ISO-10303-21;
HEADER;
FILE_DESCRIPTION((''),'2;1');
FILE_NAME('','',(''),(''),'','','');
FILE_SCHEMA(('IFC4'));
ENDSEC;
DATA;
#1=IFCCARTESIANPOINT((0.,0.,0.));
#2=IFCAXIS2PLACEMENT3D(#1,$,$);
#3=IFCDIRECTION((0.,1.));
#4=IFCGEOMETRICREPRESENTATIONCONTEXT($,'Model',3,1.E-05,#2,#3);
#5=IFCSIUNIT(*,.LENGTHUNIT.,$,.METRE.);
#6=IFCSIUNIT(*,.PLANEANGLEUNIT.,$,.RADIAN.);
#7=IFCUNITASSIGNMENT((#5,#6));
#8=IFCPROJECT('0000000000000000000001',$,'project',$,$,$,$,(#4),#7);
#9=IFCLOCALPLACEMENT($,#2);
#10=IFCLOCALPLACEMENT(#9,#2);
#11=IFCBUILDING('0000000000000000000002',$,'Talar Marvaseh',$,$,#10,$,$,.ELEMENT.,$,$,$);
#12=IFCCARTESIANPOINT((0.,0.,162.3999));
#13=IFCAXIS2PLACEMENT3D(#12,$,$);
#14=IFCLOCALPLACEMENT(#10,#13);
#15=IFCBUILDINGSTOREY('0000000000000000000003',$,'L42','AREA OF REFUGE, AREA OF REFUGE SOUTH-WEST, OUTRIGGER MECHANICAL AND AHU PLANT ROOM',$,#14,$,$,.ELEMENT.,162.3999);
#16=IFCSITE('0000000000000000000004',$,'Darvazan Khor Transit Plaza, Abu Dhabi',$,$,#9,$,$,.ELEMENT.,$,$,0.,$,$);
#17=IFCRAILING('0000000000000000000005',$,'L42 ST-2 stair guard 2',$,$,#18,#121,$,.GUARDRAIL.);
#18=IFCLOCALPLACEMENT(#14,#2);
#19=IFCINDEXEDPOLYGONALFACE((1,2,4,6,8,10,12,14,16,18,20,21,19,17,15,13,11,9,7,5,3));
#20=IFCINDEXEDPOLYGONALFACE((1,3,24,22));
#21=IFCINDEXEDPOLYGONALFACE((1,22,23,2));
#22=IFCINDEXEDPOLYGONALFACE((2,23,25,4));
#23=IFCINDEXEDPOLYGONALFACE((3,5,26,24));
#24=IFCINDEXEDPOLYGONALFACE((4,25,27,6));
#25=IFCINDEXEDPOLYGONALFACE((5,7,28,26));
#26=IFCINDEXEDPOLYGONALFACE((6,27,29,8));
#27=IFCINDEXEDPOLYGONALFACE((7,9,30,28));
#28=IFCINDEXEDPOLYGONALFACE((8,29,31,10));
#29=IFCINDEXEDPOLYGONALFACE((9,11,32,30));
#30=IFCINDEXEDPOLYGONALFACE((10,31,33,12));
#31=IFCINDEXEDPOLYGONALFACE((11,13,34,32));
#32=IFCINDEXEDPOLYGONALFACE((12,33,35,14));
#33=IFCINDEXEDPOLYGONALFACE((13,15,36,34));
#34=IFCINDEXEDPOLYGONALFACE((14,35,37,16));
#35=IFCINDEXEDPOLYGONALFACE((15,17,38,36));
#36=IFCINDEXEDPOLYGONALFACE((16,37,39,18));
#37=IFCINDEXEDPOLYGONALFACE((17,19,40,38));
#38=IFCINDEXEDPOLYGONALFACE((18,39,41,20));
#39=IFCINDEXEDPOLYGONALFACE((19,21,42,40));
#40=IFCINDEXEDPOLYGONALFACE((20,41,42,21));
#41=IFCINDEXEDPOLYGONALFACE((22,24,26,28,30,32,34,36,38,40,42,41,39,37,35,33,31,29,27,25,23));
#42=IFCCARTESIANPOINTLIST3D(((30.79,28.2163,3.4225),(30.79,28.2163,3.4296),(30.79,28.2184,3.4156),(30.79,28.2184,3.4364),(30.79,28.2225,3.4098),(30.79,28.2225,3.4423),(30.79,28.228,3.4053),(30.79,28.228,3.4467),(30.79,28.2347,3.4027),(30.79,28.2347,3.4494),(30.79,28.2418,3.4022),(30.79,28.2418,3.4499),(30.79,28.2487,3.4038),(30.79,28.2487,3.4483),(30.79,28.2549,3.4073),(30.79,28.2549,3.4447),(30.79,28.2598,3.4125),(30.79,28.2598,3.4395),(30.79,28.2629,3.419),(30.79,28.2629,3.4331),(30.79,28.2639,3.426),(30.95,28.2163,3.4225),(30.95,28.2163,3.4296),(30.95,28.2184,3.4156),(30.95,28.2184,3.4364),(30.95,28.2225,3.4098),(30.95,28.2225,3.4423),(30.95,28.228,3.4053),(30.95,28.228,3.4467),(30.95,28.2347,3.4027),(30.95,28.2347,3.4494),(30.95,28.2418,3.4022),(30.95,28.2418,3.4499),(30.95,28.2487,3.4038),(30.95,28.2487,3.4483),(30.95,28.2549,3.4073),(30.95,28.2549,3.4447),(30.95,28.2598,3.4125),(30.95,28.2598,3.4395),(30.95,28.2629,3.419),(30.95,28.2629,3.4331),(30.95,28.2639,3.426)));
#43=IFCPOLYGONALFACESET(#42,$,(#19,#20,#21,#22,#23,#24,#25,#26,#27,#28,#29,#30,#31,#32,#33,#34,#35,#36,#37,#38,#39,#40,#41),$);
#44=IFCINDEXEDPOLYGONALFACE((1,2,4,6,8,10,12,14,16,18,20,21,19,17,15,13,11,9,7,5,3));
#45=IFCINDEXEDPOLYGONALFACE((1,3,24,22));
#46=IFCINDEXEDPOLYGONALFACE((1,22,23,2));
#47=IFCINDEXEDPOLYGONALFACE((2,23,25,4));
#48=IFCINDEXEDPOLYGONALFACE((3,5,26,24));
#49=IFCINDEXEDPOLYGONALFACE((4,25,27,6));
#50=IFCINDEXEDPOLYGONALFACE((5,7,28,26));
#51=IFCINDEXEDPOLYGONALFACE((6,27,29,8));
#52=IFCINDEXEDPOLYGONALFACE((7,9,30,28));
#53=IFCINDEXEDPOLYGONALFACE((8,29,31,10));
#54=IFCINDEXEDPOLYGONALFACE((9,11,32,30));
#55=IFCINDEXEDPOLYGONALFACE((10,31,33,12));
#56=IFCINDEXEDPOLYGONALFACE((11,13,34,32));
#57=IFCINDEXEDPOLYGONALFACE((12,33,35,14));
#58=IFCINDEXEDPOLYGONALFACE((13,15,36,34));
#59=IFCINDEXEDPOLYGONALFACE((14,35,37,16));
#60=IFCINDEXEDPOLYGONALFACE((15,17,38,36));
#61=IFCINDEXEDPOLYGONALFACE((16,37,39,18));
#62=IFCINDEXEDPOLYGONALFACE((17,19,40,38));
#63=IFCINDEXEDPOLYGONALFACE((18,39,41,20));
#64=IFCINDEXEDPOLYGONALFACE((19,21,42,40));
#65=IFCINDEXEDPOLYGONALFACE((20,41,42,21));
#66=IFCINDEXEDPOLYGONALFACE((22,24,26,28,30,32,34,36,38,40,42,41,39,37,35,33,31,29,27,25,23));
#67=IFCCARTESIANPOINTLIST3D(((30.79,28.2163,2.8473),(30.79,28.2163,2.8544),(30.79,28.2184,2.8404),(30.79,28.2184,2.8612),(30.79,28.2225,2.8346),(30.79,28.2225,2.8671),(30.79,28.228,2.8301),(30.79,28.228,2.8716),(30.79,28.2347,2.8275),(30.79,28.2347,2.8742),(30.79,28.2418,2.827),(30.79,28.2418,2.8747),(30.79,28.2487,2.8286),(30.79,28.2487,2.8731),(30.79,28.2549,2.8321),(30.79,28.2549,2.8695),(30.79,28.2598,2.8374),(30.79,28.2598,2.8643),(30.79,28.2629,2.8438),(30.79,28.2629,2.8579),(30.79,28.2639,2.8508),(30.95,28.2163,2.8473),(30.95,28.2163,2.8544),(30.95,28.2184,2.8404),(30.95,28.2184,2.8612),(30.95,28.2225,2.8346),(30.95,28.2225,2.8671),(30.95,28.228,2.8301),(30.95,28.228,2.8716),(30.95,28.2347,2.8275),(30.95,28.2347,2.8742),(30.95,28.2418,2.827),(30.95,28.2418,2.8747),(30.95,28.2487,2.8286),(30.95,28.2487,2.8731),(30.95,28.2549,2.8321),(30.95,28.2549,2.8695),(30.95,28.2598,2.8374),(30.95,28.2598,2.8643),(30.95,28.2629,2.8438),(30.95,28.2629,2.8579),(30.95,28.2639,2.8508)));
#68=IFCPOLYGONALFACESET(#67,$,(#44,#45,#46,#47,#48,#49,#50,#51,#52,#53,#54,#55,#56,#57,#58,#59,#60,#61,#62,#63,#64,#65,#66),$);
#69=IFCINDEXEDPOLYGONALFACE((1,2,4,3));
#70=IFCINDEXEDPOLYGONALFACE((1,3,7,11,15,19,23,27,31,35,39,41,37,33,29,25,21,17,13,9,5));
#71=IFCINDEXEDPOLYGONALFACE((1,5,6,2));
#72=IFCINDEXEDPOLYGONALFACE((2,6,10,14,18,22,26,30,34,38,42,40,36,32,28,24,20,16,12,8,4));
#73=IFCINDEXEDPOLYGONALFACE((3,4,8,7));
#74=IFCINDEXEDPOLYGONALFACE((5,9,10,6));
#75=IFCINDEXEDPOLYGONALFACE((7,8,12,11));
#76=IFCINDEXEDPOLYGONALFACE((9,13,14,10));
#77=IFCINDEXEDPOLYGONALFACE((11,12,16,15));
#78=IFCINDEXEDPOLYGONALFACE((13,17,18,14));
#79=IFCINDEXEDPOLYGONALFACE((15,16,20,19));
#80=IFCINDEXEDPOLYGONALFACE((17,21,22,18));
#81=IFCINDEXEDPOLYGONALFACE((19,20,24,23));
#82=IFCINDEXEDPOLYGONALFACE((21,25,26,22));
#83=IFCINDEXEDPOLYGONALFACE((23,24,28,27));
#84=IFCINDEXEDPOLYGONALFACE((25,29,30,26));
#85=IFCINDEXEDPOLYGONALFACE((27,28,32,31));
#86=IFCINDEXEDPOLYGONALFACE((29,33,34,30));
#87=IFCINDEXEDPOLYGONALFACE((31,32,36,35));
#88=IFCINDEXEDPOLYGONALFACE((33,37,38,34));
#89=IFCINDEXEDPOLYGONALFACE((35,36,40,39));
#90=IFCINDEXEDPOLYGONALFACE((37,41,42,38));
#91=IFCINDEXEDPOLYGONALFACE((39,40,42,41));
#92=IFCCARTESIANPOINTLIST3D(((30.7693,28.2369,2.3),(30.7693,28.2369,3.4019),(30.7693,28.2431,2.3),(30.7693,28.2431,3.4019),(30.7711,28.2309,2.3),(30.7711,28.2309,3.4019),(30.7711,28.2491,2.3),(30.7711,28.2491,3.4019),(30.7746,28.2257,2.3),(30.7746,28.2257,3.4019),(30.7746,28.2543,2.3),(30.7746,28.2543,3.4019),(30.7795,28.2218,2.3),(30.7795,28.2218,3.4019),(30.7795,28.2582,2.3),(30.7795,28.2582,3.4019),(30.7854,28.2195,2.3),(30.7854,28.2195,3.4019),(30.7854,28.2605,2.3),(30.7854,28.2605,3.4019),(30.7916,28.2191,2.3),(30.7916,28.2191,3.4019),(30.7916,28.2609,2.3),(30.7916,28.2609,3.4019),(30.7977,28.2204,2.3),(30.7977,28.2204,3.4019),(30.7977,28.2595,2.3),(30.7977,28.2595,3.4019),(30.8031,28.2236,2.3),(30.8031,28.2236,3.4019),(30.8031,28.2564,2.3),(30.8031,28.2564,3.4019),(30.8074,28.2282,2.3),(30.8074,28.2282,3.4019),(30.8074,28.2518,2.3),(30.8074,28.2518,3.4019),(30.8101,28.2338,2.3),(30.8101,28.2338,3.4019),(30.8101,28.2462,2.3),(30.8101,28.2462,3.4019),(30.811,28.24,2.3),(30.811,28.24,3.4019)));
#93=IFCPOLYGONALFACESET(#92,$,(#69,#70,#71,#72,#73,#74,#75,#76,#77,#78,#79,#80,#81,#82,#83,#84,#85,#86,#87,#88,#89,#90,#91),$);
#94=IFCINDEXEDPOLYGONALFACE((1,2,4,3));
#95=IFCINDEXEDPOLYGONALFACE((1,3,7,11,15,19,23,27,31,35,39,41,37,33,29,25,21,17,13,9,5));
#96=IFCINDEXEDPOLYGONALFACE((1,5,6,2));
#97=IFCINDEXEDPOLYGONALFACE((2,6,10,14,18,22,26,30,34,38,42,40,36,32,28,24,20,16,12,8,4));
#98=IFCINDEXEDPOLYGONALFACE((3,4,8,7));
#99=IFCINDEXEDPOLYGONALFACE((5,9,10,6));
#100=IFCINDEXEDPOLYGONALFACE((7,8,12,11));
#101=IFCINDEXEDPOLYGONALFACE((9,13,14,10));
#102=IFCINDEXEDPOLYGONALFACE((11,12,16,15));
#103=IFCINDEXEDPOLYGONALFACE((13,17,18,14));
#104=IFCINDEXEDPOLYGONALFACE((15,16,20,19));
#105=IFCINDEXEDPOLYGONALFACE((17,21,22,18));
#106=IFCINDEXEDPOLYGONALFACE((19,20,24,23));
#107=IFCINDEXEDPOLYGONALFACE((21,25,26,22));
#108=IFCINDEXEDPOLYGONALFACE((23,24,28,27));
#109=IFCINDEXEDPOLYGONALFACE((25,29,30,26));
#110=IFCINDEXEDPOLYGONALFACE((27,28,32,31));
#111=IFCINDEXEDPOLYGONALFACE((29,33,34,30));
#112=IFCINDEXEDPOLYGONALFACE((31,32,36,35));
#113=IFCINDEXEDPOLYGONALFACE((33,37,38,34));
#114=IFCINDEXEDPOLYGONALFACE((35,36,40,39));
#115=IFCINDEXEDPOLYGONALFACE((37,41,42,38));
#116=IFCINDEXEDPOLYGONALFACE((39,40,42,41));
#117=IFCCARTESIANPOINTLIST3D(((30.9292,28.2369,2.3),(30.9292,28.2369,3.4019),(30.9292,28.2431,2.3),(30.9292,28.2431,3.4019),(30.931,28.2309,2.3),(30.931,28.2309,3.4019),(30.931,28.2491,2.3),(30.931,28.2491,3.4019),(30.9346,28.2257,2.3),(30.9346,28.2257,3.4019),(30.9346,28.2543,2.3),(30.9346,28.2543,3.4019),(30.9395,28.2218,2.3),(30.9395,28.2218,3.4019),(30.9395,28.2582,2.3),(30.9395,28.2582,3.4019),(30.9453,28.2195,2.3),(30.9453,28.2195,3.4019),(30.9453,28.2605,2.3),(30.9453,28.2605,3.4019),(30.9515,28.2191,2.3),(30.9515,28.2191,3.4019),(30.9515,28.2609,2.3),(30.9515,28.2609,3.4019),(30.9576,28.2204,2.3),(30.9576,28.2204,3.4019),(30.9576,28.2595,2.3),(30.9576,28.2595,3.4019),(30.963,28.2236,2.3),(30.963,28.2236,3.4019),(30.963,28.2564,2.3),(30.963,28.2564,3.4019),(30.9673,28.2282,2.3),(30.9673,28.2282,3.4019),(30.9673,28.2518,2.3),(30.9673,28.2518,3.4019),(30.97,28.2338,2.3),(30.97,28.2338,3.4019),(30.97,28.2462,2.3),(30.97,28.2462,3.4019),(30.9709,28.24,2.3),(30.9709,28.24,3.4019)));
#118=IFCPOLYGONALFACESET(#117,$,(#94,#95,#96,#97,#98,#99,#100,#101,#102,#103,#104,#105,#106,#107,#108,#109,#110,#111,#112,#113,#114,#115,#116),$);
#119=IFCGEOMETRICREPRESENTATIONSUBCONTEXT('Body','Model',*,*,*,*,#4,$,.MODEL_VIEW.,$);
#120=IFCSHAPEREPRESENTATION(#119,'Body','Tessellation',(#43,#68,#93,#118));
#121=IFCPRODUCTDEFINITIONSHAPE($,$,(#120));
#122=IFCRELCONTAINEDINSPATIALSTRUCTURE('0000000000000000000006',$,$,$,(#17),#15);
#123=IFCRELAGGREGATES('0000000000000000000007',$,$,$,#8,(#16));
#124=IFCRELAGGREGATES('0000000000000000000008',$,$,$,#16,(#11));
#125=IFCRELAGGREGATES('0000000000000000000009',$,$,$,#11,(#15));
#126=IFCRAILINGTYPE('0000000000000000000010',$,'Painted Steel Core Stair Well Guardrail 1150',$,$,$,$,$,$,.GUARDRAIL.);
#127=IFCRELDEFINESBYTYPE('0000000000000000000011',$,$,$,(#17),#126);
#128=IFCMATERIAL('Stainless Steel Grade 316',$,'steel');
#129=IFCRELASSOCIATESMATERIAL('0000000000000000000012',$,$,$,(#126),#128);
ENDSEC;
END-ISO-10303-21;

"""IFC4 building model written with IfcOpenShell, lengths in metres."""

from ifc_helpers import new_model, si_unit, direction, frame, origin, origin_2d, place, context, subcontext, project, spatial, circle, extrude, material, type_object, element, save


model = new_model("IFC4")

# Units and contexts
model_context = context("Model", 3, precision=1e-05, world=origin(), true_north=direction((0.0, 1.0)))
body_context = subcontext(model_context, "Body", "Model", "MODEL_VIEW")
ifc_project = project(units=[si_unit("LENGTHUNIT", "METRE"), si_unit("PLANEANGLEUNIT", "RADIAN")], contexts=[model_context])

# Site, building, storey
site_placement = place(None, origin())
site = spatial("IfcSite", under=ifc_project, at=site_placement, Name="Darvazan Khor Transit Plaza, Abu Dhabi", CompositionType="ELEMENT", RefElevation=0.0)
building_placement = place(site_placement, origin())
building = spatial("IfcBuilding", under=site, at=building_placement, Name="Talar Marvaseh", CompositionType="ELEMENT")
storey_placement = place(building_placement, frame((0.0, 0.0, 162.3999)))
storey = spatial("IfcBuildingStorey", under=building, at=storey_placement, Name="L42", Description="AREA OF REFUGE, AREA OF REFUGE SOUTH-WEST, OUTRIGGER MECHANICAL AND AHU PLANT ROOM", CompositionType="ELEMENT", Elevation=162.3999)

# Shared definitions
ifc_material_1 = material(Name="Stainless Steel Grade 316", Category="steel")

# Railing
railing_type_1 = type_object("IfcRailingType", Name="Painted Steel Core Stair Well Guardrail 1150", PredefinedType="GUARDRAIL", material=ifc_material_1)
railing_1_placement = place(storey_placement, frame((30.79, 28.24, 2.3)))
element("IfcRailing", 1, at=railing_1_placement, inside=storey, type_object=railing_type_1, Name="L42 ST-2 stair guard 2", PredefinedType="GUARDRAIL", context=body_context, shape_type="SweptSolid", body=[
    extrude(circle(Radius=0.0239, at=origin_2d()), frame((0.0, 0.0, 1.126), z_axis=(1.0, 0.0, 0.0), x_axis=(0.0, 1.0, 0.0)), (0.0, 0.0, 1.0), 0.1599),
    extrude(circle(Radius=0.0239, at=origin_2d()), frame((0.0, 0.0, 0.5508), z_axis=(1.0, 0.0, 0.0), x_axis=(0.0, 1.0, 0.0)), (0.0, 0.0, 1.0), 0.1599),
    extrude(circle(Radius=0.021, at=origin_2d()), origin(), (0.0, 0.0, 1.0), 1.1018),
    extrude(circle(Radius=0.021, at=origin_2d()), frame((0.1599, 0.0, 0.0)), (0.0, 0.0, 1.0), 1.1018),
])

save(model, "model.ifc")
